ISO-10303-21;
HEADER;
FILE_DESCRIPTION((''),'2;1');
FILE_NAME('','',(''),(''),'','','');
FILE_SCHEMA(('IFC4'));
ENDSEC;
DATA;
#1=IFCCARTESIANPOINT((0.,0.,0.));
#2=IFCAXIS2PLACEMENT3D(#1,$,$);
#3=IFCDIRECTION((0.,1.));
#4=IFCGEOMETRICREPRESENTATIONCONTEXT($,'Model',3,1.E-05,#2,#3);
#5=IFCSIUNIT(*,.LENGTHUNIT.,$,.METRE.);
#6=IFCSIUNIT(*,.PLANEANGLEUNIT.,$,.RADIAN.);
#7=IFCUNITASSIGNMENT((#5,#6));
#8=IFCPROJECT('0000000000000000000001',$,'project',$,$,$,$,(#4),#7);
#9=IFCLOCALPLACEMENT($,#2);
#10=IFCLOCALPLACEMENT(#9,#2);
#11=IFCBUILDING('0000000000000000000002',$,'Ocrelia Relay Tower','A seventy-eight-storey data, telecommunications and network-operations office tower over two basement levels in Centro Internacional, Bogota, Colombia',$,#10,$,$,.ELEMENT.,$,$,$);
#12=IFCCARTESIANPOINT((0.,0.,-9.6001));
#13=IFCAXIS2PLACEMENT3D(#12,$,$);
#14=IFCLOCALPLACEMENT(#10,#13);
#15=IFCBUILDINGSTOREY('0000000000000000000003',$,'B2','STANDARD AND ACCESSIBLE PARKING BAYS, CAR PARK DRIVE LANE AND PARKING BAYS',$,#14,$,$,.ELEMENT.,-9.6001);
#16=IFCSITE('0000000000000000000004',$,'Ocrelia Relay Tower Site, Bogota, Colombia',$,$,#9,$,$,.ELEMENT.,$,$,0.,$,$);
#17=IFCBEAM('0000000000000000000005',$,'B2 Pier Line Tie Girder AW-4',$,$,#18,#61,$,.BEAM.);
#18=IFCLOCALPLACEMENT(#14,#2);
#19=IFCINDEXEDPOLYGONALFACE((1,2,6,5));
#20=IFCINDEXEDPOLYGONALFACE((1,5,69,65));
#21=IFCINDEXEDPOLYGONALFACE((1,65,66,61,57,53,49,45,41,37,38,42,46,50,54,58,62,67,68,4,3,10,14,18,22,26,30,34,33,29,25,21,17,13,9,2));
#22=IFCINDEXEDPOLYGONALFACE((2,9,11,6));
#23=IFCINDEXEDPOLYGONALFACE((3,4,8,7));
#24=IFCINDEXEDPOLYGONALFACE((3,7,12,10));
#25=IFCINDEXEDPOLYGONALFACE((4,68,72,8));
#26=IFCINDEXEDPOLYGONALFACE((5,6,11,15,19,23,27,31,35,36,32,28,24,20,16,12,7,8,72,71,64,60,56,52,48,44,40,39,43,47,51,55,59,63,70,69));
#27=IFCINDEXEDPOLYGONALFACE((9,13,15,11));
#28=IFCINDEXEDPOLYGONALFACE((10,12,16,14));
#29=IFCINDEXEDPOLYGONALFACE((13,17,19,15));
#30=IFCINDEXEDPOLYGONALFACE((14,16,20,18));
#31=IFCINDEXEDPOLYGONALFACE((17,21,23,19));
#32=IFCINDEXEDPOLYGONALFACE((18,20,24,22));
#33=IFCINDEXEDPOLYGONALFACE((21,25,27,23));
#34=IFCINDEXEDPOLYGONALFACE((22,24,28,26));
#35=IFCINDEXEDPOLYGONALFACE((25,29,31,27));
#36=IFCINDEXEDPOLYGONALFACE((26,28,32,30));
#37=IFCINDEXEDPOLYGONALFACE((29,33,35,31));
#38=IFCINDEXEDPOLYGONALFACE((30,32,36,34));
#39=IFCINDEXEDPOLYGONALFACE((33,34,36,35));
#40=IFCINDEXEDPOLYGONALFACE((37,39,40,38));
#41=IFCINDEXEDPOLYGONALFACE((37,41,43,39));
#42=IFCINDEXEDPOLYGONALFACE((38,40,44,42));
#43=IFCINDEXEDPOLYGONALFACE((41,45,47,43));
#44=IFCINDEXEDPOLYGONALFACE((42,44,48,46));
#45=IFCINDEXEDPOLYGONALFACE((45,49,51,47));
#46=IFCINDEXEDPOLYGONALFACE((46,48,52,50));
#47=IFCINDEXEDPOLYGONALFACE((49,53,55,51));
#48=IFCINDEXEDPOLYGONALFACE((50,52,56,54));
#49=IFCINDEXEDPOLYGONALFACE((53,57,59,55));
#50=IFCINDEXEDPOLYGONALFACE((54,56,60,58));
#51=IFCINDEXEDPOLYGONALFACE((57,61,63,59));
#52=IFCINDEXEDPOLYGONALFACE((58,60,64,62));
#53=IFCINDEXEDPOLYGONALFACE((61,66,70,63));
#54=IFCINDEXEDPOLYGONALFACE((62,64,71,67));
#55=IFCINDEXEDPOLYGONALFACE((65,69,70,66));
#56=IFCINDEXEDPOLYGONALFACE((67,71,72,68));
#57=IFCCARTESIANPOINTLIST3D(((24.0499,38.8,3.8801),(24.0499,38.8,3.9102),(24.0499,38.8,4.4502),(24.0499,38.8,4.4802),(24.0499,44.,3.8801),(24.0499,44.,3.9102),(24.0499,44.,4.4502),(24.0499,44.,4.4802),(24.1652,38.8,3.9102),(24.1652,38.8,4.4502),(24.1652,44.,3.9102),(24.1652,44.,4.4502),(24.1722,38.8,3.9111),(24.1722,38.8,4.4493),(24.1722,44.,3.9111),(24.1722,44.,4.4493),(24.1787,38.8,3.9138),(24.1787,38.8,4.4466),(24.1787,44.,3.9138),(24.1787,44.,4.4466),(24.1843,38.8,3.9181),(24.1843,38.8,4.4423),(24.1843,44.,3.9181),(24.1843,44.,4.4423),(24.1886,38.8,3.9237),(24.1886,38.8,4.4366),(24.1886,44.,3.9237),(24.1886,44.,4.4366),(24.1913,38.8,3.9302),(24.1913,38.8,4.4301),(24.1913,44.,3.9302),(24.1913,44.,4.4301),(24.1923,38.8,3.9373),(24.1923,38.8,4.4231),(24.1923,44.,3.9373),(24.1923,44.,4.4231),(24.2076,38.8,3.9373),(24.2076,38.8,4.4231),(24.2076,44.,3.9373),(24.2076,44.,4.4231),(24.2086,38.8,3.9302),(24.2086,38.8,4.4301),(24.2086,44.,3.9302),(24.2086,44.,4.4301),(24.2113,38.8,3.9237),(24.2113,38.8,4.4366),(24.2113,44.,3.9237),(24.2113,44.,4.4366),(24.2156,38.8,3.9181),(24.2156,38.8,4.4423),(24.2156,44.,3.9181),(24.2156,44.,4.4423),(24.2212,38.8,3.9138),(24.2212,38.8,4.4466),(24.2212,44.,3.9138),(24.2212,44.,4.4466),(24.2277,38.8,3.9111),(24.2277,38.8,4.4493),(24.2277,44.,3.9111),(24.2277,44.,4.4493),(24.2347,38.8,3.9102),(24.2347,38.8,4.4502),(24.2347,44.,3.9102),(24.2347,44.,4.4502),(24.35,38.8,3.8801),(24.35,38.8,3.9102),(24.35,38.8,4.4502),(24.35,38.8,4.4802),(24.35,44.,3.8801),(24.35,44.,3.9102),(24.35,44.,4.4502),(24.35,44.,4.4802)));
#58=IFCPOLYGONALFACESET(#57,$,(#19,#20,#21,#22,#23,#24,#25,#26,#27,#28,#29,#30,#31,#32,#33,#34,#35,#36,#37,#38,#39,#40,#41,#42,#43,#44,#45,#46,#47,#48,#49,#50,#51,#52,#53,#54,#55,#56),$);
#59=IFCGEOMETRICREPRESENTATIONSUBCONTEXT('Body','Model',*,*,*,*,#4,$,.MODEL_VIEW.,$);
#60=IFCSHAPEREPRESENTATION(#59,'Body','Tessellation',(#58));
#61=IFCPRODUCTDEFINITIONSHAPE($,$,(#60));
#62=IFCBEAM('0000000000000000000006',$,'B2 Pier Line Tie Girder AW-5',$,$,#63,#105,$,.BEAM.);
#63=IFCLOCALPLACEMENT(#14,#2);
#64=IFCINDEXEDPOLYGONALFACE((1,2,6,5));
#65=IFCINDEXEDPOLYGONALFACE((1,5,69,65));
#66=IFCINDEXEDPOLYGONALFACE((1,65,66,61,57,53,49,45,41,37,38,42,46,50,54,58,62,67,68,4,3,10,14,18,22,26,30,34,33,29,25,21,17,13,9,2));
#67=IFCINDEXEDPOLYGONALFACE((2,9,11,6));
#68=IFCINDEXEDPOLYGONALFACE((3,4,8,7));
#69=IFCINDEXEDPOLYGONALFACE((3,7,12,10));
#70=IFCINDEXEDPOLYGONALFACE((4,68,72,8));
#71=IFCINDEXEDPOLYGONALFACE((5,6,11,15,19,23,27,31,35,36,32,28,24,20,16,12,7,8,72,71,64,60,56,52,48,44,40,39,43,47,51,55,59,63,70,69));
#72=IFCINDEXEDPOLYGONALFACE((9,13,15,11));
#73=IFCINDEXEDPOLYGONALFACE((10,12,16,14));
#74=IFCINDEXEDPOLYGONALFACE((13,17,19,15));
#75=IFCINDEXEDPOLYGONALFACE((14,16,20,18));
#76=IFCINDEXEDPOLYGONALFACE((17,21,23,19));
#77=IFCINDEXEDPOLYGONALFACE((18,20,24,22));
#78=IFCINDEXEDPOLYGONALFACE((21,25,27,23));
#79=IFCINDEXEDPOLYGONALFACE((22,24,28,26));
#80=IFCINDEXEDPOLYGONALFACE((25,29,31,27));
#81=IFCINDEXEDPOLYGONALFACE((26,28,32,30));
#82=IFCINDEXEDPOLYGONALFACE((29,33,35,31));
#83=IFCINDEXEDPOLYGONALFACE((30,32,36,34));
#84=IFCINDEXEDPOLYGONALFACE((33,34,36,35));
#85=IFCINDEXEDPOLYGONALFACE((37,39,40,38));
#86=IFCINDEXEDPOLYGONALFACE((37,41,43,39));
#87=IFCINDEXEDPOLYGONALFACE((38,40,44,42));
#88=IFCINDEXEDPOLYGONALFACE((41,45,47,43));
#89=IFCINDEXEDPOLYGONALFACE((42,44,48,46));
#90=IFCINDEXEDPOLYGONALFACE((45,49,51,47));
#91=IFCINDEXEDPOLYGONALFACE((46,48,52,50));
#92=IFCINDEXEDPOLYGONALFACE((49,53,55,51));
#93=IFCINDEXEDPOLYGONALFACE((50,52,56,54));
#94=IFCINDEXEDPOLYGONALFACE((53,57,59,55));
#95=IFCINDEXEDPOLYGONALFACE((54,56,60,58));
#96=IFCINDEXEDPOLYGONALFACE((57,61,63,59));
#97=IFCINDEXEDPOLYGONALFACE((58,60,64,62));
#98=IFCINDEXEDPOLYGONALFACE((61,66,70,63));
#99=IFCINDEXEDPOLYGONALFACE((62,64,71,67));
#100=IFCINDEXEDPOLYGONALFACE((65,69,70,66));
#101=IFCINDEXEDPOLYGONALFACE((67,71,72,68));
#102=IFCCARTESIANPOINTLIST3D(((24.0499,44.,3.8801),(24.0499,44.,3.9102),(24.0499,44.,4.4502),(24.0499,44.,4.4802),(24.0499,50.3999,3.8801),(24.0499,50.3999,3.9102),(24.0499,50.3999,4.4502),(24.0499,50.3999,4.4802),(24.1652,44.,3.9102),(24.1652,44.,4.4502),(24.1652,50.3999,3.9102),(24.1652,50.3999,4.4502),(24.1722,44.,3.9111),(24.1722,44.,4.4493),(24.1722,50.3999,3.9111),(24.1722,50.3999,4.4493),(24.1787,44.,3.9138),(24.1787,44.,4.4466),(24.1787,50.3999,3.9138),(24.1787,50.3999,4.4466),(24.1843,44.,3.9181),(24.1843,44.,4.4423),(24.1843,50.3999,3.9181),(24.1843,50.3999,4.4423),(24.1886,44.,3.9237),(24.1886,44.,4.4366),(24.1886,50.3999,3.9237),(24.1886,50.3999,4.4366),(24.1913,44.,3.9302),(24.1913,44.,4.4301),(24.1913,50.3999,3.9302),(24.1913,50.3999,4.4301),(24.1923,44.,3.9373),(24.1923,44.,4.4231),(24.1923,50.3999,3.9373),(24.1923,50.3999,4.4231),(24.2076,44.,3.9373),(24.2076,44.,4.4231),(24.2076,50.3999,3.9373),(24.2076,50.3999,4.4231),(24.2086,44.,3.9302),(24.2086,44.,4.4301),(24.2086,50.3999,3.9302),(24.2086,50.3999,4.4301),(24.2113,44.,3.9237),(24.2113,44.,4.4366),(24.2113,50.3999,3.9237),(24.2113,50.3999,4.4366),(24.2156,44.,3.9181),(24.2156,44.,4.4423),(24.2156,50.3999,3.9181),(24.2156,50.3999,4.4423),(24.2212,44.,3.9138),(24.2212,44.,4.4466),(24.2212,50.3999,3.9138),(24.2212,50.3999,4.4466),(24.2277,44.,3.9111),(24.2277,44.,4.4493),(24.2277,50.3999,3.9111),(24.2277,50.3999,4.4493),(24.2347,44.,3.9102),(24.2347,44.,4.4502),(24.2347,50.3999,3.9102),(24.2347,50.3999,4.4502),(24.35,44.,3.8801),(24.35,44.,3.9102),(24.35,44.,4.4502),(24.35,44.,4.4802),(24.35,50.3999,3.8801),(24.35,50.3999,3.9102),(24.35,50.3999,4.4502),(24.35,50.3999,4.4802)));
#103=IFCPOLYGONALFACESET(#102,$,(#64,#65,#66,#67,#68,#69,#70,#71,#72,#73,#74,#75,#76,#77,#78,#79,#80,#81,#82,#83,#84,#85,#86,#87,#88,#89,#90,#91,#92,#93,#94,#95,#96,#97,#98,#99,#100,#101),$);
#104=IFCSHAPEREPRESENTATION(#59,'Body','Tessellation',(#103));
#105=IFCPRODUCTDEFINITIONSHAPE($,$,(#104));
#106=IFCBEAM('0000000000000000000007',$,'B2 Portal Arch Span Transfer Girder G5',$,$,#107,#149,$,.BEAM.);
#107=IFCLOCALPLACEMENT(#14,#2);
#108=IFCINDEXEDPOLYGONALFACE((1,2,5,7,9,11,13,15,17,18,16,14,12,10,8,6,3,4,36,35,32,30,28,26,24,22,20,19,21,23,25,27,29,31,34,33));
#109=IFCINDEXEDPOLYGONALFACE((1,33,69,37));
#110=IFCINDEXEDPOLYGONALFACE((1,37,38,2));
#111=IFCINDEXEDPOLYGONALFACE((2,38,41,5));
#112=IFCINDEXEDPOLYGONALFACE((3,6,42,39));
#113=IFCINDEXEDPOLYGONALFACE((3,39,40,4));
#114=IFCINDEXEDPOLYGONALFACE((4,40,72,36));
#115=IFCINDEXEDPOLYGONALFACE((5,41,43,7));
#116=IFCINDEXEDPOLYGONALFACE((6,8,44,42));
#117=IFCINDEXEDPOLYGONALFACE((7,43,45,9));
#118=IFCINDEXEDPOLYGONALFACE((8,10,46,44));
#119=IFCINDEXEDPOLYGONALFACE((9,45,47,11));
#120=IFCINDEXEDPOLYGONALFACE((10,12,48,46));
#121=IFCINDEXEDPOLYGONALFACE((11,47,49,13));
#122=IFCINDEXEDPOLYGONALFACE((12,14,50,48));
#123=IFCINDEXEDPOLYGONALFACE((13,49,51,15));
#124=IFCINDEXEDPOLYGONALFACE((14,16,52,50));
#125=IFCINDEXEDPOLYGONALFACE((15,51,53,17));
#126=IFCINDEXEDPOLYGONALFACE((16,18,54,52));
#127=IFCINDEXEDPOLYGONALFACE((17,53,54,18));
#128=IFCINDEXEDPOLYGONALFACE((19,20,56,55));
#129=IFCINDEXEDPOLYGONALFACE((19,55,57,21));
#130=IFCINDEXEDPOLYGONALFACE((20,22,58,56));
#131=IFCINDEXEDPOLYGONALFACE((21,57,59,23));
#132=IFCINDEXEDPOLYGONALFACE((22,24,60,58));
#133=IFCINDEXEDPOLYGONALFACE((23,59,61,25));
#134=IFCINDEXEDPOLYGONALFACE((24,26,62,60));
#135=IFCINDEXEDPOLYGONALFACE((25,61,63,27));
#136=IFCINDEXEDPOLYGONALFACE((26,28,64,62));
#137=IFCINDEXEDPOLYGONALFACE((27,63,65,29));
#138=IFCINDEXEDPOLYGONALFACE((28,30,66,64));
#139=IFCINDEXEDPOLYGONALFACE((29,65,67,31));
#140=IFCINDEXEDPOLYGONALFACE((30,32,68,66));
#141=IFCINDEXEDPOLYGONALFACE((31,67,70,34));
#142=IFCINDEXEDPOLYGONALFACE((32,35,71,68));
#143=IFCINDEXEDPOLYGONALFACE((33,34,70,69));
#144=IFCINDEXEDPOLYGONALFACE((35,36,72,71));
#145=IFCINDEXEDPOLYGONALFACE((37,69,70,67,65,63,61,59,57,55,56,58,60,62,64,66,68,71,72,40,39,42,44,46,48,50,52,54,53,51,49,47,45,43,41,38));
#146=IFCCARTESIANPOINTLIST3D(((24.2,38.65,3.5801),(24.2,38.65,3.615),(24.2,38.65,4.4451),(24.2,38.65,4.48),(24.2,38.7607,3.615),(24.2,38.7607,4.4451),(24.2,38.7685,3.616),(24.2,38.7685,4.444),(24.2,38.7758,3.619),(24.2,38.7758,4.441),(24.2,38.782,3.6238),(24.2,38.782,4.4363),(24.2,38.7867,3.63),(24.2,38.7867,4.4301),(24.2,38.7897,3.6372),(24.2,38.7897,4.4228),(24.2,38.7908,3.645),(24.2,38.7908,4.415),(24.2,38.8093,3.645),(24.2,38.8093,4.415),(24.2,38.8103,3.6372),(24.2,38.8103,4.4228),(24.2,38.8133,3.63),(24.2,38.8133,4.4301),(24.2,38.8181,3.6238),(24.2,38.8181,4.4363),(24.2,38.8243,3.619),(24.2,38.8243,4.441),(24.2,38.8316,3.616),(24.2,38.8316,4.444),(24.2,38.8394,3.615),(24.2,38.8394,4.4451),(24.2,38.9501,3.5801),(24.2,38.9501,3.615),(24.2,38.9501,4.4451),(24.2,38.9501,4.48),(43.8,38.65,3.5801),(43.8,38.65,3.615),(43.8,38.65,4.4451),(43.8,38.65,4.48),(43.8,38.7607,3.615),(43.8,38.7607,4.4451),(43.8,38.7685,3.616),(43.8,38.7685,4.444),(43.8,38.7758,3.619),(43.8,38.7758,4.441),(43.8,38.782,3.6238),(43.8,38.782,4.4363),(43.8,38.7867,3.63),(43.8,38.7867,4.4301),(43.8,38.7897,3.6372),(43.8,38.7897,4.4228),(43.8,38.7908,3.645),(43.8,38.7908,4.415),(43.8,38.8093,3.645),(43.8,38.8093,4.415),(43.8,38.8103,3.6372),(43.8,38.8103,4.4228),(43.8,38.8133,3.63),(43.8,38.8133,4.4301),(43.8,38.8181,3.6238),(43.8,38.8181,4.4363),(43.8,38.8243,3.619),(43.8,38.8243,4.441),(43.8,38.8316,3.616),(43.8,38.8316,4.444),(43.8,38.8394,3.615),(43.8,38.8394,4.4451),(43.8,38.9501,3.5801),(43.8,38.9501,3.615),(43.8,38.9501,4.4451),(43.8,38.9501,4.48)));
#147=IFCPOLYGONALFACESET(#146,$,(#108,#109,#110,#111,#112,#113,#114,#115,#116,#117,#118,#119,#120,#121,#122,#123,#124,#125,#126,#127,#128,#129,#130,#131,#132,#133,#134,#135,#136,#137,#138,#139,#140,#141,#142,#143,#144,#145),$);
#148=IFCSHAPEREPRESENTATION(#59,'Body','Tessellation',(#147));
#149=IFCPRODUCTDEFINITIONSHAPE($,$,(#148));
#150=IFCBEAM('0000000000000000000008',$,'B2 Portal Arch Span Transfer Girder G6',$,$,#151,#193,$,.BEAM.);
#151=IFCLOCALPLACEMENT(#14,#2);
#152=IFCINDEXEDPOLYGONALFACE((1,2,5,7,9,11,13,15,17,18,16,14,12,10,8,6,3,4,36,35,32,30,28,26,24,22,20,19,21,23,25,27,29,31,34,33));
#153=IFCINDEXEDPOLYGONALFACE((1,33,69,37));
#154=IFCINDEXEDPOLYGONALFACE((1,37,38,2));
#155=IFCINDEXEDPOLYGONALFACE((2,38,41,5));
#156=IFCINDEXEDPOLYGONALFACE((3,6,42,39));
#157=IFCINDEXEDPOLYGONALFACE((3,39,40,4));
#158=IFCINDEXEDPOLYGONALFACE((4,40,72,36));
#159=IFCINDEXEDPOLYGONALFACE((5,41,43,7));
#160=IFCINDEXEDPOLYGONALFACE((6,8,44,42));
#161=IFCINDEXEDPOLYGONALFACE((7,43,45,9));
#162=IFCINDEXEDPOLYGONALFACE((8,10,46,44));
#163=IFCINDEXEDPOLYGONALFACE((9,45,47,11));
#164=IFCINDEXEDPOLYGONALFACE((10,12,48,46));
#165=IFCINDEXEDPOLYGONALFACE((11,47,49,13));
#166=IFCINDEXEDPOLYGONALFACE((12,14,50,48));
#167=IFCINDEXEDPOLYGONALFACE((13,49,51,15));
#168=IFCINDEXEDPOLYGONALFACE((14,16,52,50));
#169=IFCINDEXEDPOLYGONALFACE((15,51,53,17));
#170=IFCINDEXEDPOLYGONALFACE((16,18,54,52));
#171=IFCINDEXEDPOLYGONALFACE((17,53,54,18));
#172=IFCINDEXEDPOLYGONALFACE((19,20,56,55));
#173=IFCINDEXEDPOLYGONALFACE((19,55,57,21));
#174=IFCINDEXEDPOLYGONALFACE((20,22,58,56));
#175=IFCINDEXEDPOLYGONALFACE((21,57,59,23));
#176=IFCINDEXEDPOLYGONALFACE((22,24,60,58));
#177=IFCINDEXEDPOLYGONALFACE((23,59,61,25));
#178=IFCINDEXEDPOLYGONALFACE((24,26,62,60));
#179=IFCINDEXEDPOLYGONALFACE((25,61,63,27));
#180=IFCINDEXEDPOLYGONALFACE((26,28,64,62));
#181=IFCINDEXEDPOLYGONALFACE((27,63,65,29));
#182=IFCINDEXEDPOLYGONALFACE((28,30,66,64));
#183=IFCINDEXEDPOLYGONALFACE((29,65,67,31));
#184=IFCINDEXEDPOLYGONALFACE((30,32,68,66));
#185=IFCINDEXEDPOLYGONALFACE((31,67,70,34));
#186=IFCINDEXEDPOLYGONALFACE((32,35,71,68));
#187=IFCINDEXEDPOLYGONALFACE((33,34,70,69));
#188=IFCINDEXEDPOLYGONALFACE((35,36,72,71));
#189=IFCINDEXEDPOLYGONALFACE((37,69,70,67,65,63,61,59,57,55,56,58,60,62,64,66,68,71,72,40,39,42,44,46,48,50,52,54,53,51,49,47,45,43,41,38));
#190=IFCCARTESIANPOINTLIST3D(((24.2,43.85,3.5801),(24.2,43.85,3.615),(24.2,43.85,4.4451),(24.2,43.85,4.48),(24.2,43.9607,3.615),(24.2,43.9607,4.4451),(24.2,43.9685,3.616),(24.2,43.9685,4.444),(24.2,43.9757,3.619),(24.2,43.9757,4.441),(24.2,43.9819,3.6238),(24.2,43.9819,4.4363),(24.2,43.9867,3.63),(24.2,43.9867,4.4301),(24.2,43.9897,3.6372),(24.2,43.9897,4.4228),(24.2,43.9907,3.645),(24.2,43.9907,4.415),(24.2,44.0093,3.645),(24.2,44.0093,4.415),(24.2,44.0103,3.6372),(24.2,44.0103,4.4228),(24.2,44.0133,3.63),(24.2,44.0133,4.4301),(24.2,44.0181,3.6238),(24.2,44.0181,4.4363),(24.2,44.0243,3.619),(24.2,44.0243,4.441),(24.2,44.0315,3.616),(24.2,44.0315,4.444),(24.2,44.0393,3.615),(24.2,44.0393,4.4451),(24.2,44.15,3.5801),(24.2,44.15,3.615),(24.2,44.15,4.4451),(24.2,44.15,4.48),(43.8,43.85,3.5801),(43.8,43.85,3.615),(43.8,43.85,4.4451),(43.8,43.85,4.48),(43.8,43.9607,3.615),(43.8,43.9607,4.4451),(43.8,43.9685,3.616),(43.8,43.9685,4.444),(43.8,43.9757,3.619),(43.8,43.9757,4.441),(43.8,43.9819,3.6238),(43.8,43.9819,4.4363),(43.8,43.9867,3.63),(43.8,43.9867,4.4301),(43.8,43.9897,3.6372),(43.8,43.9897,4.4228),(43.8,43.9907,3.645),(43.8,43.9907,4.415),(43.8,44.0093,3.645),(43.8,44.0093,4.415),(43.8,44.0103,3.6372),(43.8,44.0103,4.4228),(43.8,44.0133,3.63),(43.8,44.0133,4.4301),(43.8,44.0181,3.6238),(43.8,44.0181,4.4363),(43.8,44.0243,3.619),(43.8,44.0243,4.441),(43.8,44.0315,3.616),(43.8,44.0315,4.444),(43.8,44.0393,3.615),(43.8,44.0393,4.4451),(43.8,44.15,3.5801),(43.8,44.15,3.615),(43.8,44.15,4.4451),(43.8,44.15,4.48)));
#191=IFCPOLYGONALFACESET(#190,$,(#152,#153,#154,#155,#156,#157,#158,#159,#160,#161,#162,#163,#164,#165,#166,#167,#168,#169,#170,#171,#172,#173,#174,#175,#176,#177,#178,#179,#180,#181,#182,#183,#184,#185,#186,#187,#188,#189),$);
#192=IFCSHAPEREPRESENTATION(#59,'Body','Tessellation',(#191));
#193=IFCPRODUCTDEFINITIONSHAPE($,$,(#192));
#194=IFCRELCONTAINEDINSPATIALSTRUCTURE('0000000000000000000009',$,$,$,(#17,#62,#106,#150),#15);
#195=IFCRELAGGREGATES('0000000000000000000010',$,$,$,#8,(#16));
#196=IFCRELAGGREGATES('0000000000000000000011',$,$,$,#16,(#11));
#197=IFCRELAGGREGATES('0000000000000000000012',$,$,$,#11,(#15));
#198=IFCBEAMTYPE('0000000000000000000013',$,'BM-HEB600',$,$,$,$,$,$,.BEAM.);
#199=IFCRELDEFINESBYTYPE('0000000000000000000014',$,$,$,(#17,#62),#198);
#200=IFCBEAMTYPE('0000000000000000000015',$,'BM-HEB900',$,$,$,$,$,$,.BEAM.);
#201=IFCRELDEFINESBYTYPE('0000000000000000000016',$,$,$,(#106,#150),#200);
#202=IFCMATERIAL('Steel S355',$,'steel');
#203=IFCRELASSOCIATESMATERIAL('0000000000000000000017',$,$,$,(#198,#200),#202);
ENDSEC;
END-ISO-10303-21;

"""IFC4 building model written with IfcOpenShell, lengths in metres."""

from ifc_helpers import new_model, si_unit, direction, frame, origin, origin_2d, place, context, subcontext, project, spatial, i_section, extrude, material, material_profile, profile_set, type_object, element, save


model = new_model("IFC4")

# Units and contexts
model_context = context("Model", 3, precision=1e-05, world=origin(), true_north=direction((0.0, 1.0)))
body_context = subcontext(model_context, "Body", "Model", "MODEL_VIEW")
ifc_project = project(units=[si_unit("LENGTHUNIT", "METRE"), si_unit("PLANEANGLEUNIT", "RADIAN")], contexts=[model_context])

# Site, building, storey
site_placement = place(None, origin())
site = spatial("IfcSite", under=ifc_project, at=site_placement, Name="Ocrelia Relay Tower Site, Bogota, Colombia", CompositionType="ELEMENT", RefElevation=0.0)
building_placement = place(site_placement, origin())
building = spatial("IfcBuilding", under=site, at=building_placement, Name="Ocrelia Relay Tower", Description="A seventy-eight-storey data, telecommunications and network-operations office tower over two basement levels in Centro Internacional, Bogota, Colombia", CompositionType="ELEMENT")
storey_placement = place(building_placement, frame((0.0, 0.0, -9.6001)))
storey = spatial("IfcBuildingStorey", under=building, at=storey_placement, Name="B2", Description="STANDARD AND ACCESSIBLE PARKING BAYS, CAR PARK DRIVE LANE AND PARKING BAYS", CompositionType="ELEMENT", Elevation=-9.6001)

# Beams
ifc_material_1 = material(Name="Steel S355", Category="steel")
ifc_material_profile_1 = material_profile(ifc_material_1, i_section(OverallWidth=0.3, OverallDepth=0.6001, WebThickness=0.0154, FlangeThickness=0.03, FilletRadius=0.0271, at=origin_2d()), Name="HEB 600")
ifc_profile_set_1 = profile_set([ifc_material_profile_1], Name="Steel S355")
beam_type_1 = type_object("IfcBeamType", Name="BM-HEB600", PredefinedType="BEAM", material=ifc_profile_set_1)
beam_1_placement = place(storey_placement, frame((24.2, 38.8, 4.1802), z_axis=(0.0, 1.0, 0.0), x_axis=(-1.0, 0.0, 0.0)))
element("IfcBeam", 1, at=beam_1_placement, inside=storey, type_object=beam_type_1, Name="B2 Pier Line Tie Girder AW-4", PredefinedType="BEAM", context=body_context, shape_type="SweptSolid", body=[
    extrude(i_section(OverallWidth=0.3, OverallDepth=0.6001, WebThickness=0.0154, FlangeThickness=0.03, FilletRadius=0.0271, at=origin_2d()), origin(), (0.0, 0.0, 1.0), 5.2),
])
beam_2_placement = place(storey_placement, frame((24.2, 44.0, 4.1802), z_axis=(0.0, 1.0, 0.0), x_axis=(-1.0, 0.0, 0.0)))
element("IfcBeam", 2, at=beam_2_placement, inside=storey, type_object=beam_type_1, Name="B2 Pier Line Tie Girder AW-5", PredefinedType="BEAM", context=body_context, shape_type="SweptSolid", body=[
    extrude(i_section(OverallWidth=0.3, OverallDepth=0.6001, WebThickness=0.0154, FlangeThickness=0.03, FilletRadius=0.0271, at=origin_2d()), origin(), (0.0, 0.0, 1.0), 6.3999),
])
ifc_material_profile_2 = material_profile(ifc_material_1, i_section(OverallWidth=0.3, OverallDepth=0.8999, WebThickness=0.0186, FlangeThickness=0.0349, FilletRadius=0.03, at=origin_2d()), Name="HEB 900")
ifc_profile_set_2 = profile_set([ifc_material_profile_2], Name="Steel S355")
beam_type_2 = type_object("IfcBeamType", Name="BM-HEB900", PredefinedType="BEAM", material=ifc_profile_set_2)
for number, where, z_axis, x_axis, name in (
    (3, (24.2, 38.8, 4.03), (1.0, 0.0, 0.0), (0.0, 1.0, 0.0), "B2 Portal Arch Span Transfer Girder G5"),
    (4, (24.2, 44.0, 4.03), (1.0, 0.0, 0.0), (0.0, 1.0, 0.0), "B2 Portal Arch Span Transfer Girder G6"),
):
    element("IfcBeam", number, at=place(storey_placement, frame(where, z_axis=z_axis, x_axis=x_axis)), inside=storey, type_object=beam_type_2, Name=name, PredefinedType="BEAM", context=body_context, shape_type="SweptSolid", body=[
        extrude(i_section(OverallWidth=0.3, OverallDepth=0.8999, WebThickness=0.0186, FlangeThickness=0.0349, FilletRadius=0.03, at=origin_2d()), origin(), (0.0, 0.0, 1.0), 19.6001),
    ])

save(model, "model.ifc")
